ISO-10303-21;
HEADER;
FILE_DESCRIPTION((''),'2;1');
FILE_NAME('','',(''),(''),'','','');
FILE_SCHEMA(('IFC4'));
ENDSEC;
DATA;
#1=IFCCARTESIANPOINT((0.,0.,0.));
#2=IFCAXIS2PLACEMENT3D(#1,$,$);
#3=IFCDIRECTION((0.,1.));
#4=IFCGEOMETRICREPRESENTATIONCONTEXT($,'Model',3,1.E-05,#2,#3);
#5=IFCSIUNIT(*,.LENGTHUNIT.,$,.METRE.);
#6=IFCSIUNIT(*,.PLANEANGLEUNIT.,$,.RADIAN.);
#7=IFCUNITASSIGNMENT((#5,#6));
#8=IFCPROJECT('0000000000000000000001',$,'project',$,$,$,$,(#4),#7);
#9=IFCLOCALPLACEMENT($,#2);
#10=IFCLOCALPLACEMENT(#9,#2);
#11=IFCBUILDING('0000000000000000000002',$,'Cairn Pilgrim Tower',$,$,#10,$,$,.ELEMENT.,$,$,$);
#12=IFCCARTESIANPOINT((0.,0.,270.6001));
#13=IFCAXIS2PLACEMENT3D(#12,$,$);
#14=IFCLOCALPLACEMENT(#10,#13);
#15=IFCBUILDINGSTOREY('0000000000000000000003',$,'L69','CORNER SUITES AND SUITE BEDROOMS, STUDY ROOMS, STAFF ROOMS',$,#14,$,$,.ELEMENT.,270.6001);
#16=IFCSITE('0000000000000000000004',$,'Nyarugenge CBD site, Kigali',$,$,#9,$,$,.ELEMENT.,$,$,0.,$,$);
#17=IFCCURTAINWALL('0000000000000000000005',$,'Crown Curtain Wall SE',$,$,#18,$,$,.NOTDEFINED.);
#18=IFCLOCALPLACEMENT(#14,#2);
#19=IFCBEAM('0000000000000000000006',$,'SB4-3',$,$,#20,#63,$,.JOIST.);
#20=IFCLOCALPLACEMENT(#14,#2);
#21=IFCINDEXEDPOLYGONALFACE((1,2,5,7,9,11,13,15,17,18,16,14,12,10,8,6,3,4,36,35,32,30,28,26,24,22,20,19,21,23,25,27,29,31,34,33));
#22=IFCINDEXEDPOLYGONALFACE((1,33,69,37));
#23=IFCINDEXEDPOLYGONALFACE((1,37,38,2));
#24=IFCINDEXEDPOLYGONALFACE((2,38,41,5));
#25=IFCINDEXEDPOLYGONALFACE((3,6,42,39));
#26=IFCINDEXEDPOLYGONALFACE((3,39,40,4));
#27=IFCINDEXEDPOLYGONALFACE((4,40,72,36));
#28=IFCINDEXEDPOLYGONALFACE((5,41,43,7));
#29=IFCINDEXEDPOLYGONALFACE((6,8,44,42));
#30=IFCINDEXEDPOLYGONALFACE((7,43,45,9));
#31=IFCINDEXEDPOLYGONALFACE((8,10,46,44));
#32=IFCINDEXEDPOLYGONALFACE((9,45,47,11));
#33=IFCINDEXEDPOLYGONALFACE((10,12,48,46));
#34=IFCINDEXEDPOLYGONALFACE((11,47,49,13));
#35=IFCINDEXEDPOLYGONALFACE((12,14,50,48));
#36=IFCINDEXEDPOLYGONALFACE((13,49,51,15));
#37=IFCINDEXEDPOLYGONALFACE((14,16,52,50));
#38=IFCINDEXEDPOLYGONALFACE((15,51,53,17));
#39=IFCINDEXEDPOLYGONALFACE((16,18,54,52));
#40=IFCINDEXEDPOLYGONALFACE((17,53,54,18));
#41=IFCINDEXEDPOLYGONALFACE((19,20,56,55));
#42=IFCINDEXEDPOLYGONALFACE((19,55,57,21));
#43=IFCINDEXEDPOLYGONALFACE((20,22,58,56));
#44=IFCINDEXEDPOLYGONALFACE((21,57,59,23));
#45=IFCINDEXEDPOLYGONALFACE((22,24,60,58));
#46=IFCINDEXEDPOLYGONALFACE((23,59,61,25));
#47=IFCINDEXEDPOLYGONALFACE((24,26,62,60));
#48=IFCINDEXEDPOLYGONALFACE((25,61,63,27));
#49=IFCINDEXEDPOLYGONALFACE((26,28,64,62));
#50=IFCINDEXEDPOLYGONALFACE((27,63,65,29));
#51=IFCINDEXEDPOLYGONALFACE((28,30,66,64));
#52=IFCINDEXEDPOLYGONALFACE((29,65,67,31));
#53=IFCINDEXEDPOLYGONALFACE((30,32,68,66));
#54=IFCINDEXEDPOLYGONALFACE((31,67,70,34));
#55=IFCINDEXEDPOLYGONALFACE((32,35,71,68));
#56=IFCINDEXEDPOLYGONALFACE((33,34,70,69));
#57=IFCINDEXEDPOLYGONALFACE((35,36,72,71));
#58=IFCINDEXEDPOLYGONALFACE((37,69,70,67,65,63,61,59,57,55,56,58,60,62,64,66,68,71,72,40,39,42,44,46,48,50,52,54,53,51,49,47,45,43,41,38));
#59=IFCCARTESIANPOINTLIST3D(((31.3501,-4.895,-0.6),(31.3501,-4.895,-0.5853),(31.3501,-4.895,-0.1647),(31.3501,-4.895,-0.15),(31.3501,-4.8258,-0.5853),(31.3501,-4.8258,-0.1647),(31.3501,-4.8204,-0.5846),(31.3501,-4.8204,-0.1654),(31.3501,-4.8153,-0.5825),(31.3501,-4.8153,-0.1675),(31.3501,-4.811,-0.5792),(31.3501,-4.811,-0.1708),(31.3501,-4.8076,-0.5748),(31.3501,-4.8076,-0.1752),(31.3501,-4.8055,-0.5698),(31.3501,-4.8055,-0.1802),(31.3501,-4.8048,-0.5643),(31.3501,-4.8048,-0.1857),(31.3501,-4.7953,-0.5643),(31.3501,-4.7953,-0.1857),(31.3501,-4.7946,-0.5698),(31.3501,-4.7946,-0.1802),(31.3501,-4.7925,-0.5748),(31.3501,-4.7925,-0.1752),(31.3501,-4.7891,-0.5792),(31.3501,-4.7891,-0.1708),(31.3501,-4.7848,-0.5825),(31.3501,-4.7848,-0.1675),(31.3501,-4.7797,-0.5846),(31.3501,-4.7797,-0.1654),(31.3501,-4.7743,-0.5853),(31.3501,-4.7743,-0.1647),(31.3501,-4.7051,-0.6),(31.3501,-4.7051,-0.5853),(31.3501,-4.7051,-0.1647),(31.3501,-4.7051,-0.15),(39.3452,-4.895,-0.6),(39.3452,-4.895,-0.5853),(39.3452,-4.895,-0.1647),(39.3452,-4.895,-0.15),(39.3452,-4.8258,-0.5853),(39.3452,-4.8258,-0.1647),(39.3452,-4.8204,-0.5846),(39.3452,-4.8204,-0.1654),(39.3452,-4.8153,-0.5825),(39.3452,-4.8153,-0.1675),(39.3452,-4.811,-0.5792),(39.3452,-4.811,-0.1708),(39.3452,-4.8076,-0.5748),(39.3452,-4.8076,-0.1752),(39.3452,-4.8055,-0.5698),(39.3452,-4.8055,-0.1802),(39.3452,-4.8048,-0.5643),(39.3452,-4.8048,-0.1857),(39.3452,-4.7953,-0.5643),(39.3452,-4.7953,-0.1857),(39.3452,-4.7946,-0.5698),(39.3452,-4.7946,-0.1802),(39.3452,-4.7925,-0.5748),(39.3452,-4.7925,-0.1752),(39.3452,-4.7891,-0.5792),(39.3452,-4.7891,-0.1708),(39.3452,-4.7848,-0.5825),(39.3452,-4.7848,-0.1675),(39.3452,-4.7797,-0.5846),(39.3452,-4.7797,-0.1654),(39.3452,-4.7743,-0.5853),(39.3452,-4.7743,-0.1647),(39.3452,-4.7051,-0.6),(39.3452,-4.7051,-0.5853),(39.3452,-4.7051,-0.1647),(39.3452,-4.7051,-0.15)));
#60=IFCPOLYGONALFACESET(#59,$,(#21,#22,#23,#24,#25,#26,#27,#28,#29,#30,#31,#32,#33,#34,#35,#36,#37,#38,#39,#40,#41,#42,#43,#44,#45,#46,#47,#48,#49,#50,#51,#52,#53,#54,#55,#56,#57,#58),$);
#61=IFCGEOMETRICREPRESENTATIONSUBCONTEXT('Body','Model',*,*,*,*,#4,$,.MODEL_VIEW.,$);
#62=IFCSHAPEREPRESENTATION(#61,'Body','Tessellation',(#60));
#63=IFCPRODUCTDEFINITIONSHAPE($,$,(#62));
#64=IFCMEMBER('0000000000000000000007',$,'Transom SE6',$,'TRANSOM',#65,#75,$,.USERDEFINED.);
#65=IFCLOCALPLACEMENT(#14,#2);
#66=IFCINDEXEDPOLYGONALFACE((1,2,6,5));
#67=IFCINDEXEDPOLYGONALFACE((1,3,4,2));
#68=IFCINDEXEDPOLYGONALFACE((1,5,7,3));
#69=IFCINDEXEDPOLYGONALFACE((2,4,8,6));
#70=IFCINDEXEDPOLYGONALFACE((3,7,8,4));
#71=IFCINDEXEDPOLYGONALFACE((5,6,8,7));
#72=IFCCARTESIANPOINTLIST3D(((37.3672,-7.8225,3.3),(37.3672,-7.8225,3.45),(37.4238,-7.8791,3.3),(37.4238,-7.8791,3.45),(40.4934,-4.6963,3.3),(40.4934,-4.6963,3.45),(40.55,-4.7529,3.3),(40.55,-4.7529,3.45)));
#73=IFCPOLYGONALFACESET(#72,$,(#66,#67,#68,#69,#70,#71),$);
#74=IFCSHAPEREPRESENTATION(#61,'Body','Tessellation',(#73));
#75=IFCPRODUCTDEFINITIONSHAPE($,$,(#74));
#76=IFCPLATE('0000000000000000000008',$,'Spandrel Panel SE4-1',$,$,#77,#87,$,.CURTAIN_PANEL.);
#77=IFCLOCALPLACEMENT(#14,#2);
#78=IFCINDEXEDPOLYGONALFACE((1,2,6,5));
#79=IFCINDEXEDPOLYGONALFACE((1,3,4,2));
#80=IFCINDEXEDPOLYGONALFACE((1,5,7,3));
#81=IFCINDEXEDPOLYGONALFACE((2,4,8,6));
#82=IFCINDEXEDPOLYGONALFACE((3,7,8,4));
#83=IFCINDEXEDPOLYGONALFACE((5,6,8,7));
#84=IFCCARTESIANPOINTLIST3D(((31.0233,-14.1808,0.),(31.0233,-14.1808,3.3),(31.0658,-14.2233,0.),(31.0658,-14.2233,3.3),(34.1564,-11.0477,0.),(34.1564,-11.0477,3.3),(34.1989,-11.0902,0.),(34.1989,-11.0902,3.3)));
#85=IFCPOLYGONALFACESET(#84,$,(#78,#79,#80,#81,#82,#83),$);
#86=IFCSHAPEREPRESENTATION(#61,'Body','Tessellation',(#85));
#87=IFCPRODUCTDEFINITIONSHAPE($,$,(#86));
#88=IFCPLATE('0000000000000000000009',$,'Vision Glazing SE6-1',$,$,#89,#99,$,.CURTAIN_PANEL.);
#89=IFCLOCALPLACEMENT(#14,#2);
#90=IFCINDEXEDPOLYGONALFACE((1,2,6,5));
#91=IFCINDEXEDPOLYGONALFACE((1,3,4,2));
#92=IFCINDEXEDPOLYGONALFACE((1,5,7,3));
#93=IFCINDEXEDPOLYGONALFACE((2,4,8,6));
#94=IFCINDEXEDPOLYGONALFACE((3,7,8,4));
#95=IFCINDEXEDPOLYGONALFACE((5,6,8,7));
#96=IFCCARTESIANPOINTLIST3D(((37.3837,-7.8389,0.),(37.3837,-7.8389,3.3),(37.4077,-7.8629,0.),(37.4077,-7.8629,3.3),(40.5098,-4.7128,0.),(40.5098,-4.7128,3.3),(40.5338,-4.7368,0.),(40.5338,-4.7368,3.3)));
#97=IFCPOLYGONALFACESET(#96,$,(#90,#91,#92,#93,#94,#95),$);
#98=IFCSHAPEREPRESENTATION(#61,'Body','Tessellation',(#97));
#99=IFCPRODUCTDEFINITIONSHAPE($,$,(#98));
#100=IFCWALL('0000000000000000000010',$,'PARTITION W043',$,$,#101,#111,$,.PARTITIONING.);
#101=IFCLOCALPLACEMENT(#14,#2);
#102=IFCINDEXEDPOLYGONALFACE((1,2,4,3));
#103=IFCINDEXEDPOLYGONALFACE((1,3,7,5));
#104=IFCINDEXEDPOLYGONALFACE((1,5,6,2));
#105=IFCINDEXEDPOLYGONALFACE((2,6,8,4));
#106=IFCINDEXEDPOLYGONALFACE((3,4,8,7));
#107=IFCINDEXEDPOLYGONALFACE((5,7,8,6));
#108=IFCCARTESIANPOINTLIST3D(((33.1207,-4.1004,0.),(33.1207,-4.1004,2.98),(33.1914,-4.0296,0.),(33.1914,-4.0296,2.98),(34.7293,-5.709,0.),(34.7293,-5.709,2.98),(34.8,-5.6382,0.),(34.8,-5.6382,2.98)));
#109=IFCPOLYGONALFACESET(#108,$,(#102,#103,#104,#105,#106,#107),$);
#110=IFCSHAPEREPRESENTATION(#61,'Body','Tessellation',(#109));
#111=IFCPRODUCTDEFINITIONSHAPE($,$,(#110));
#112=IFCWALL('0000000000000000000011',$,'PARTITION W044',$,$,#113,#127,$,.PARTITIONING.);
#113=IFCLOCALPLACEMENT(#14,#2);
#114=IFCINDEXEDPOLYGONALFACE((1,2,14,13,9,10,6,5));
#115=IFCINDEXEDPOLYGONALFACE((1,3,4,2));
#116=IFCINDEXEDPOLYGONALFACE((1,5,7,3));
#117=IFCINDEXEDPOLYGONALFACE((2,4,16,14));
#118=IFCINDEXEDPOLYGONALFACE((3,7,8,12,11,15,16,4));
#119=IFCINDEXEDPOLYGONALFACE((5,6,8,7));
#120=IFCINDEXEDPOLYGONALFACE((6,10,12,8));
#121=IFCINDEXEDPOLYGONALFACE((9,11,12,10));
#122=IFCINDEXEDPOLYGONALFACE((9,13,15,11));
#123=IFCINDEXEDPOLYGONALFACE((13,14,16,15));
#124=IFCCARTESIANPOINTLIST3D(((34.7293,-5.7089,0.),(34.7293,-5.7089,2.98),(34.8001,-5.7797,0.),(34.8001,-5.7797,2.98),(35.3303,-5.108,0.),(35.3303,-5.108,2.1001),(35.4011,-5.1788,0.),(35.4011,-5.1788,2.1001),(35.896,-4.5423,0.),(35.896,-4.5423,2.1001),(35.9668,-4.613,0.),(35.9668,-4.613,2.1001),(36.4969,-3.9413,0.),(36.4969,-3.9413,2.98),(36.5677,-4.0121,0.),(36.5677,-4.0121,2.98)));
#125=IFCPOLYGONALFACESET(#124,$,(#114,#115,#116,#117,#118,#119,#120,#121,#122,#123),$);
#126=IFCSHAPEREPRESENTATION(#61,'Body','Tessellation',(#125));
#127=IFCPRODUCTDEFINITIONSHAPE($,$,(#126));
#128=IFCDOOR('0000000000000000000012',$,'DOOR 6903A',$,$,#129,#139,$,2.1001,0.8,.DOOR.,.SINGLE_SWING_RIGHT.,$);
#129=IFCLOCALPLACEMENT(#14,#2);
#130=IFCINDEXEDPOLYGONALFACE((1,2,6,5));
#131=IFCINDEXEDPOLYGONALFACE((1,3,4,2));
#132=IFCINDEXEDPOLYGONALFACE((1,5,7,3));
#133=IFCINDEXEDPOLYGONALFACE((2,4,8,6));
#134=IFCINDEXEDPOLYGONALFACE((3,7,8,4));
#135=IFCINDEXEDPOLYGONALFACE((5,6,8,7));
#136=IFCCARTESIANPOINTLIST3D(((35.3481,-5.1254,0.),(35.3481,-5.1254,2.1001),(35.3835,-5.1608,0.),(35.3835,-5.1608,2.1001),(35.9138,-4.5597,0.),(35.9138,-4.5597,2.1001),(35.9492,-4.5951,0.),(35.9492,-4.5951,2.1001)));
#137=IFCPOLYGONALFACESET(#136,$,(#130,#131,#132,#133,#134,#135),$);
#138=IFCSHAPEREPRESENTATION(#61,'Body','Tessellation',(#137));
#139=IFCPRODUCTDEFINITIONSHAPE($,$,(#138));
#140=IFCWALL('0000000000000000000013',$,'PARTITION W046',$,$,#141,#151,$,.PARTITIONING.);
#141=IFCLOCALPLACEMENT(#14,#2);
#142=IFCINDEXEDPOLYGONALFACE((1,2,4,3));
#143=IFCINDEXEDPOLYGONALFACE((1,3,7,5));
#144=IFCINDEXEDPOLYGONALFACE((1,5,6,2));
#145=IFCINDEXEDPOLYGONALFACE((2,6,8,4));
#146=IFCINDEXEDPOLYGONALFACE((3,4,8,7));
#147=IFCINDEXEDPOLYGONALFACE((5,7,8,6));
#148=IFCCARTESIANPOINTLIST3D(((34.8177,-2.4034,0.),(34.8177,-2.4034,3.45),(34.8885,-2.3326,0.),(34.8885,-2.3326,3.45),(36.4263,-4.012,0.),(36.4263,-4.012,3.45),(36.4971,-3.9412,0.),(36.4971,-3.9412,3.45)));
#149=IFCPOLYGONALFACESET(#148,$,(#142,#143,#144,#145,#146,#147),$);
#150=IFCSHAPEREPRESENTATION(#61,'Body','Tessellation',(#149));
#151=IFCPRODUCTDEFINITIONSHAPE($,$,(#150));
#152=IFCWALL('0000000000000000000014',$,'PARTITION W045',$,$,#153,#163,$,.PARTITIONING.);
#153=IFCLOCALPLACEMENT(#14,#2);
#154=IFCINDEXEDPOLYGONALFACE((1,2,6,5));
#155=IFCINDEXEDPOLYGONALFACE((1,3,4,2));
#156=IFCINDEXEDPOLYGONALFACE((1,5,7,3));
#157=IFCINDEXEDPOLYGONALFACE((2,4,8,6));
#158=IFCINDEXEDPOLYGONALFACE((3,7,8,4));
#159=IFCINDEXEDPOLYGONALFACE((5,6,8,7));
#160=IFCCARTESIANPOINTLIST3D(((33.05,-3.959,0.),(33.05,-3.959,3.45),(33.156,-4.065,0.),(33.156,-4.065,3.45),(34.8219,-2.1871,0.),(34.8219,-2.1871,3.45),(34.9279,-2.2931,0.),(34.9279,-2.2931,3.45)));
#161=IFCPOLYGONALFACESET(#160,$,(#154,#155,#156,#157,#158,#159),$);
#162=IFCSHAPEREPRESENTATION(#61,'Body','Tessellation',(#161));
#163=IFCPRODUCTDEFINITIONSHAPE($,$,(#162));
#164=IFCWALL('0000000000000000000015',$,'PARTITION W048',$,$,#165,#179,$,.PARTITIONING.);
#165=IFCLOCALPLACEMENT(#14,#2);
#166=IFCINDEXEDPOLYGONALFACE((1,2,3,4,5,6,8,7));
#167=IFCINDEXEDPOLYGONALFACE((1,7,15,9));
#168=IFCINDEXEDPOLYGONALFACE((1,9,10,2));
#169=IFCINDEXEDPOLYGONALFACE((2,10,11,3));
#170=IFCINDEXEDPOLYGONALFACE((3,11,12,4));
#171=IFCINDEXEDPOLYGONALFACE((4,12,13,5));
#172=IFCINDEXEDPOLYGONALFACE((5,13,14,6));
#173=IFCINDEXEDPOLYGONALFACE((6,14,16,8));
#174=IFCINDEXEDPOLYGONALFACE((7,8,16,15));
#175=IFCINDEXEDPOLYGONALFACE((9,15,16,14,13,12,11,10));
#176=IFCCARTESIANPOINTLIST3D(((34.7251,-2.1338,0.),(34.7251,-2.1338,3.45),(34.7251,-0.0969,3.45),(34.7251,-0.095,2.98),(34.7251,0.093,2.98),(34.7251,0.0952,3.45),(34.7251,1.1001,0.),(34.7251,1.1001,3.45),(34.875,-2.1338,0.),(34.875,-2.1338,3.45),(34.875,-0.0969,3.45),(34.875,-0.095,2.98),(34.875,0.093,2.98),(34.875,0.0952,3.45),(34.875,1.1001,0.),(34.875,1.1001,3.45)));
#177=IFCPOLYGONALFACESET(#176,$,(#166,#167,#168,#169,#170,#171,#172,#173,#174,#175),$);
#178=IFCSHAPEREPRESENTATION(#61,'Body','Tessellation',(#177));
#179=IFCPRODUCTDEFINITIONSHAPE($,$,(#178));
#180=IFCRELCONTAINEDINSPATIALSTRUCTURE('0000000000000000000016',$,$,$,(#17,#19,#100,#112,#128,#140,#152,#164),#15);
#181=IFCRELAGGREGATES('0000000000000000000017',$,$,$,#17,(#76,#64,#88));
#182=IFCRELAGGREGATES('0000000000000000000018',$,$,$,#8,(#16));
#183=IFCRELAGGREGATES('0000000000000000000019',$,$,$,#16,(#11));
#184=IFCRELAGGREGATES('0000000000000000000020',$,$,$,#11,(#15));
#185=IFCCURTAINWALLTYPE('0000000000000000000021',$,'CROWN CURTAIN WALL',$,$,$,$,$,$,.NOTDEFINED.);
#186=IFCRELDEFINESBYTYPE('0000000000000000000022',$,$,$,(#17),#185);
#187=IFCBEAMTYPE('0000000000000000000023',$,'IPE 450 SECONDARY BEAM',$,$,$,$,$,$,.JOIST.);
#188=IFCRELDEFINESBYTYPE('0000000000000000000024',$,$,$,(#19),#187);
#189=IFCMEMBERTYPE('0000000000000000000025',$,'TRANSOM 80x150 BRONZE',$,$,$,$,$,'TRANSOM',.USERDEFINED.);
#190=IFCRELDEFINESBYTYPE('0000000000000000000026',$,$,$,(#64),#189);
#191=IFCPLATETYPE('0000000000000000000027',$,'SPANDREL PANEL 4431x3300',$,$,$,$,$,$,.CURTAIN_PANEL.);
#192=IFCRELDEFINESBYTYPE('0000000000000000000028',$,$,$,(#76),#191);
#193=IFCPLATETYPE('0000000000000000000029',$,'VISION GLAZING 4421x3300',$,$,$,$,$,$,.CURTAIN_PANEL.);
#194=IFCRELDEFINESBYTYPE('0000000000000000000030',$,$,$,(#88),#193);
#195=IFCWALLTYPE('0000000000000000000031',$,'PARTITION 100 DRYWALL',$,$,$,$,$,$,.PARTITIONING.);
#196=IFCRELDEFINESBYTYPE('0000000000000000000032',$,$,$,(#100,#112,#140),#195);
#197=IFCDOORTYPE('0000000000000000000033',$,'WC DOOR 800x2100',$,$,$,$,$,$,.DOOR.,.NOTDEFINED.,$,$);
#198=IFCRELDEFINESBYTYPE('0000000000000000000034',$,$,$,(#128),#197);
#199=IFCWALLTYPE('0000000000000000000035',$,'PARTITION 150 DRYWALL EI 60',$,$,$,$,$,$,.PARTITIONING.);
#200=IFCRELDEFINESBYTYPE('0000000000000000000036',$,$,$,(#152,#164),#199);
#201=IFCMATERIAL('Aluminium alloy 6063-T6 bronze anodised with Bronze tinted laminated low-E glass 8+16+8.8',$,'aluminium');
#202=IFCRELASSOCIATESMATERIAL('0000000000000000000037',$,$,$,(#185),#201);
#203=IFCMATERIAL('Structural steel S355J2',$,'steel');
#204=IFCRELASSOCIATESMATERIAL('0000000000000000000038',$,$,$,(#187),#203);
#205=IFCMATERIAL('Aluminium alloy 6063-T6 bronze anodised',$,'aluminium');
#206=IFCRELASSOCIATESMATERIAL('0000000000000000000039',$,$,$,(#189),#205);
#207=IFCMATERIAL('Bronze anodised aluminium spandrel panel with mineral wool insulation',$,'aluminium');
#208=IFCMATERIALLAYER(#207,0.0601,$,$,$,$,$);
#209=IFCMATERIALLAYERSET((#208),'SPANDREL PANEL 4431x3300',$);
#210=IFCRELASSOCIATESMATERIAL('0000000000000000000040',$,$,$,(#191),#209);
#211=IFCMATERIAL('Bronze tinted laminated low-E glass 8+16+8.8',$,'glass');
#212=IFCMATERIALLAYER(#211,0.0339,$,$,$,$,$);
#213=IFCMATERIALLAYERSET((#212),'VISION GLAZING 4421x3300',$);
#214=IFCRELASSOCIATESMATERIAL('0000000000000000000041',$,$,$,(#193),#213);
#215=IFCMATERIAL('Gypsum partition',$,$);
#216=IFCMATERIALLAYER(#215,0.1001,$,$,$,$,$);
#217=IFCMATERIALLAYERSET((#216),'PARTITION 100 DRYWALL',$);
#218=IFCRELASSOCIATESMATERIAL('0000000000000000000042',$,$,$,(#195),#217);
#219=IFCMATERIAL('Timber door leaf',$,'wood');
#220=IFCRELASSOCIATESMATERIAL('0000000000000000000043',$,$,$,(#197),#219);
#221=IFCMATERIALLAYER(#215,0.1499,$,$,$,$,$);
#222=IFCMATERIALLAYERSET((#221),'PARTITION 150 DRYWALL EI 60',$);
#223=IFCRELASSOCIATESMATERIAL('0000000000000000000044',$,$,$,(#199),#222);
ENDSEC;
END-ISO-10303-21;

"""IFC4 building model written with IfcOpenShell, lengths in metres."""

from ifc_helpers import new_model, si_unit, direction, frame, frame_2d, origin, origin_2d, place, context, subcontext, project, spatial, polyline, rectangle, i_section, outline, extrude, material, layer, layer_set, material_profile, profile_set, type_object, element, fill, aggregate, save


model = new_model("IFC4")

# Units and contexts
model_context = context("Model", 3, precision=1e-05, world=origin(), true_north=direction((0.0, 1.0)))
body_context = subcontext(model_context, "Body", "Model", "MODEL_VIEW")
ifc_project = project(units=[si_unit("LENGTHUNIT", "METRE"), si_unit("PLANEANGLEUNIT", "RADIAN")], contexts=[model_context])

# Site, building, storey
site_placement = place(None, origin())
site = spatial("IfcSite", under=ifc_project, at=site_placement, Name="Nyarugenge CBD site, Kigali", CompositionType="ELEMENT", RefElevation=0.0)
building_placement = place(site_placement, origin())
building = spatial("IfcBuilding", under=site, at=building_placement, Name="Cairn Pilgrim Tower", CompositionType="ELEMENT")
storey_placement = place(building_placement, frame((0.0, 0.0, 270.6001)))
storey = spatial("IfcBuildingStorey", under=building, at=storey_placement, Name="L69", Description="CORNER SUITES AND SUITE BEDROOMS, STUDY ROOMS, STAFF ROOMS", CompositionType="ELEMENT", Elevation=270.6001)

# Shared definitions
ifc_material_1 = material(Name="Structural steel S355J2", Category="steel")

# Curtain wall
ifc_material_2 = material(Name="Aluminium alloy 6063-T6 bronze anodised with Bronze tinted laminated low-E glass 8+16+8.8", Category="aluminium")
curtain_wall_type = type_object("IfcCurtainWallType", Name="CROWN CURTAIN WALL", PredefinedType="NOTDEFINED", material=ifc_material_2)
curtain_wall_1_placement = place(storey_placement, origin())
curtain_wall_1 = element("IfcCurtainWall", 1, at=curtain_wall_1_placement, inside=storey, type_object=curtain_wall_type, Name="Crown Curtain Wall SE", PredefinedType="NOTDEFINED")
ifc_material_3 = material(Name="Aluminium alloy 6063-T6 bronze anodised", Category="aluminium")

# Beam
ifc_material_profile_1 = material_profile(ifc_material_1, i_section(OverallWidth=0.1899, OverallDepth=0.45, WebThickness=0.0095, FlangeThickness=0.0146, FilletRadius=0.021, at=origin_2d()), Name="IPE 450")
ifc_profile_set_1 = profile_set([ifc_material_profile_1], Name="Structural steel S355J2")
beam_type_1 = type_object("IfcBeamType", Name="IPE 450 SECONDARY BEAM", PredefinedType="JOIST", material=ifc_profile_set_1)
beam_1_placement = place(storey_placement, frame((31.3501, -4.8, -0.375), z_axis=(1.0, 0.0, 0.0), x_axis=(0.0, 1.0, 0.0)))
element("IfcBeam", 2, at=beam_1_placement, inside=storey, type_object=beam_type_1, Name="SB4-3", PredefinedType="JOIST", context=body_context, shape_type="SweptSolid", body=[
    extrude(i_section(OverallWidth=0.1899, OverallDepth=0.45, WebThickness=0.0095, FlangeThickness=0.0146, FilletRadius=0.021, at=origin_2d()), origin(), (0.0, 0.0, 1.0), 7.9951),
])

# Member
ifc_material_profile_2 = material_profile(ifc_material_3, rectangle(XDim=0.0801, YDim=0.1499, at=origin_2d()), Name="TRANSOM 80x150 BRONZE")
ifc_profile_set_2 = profile_set([ifc_material_profile_2], Name="Aluminium alloy 6063-T6 bronze anodised")
member_type_1 = type_object("IfcMemberType", Name="TRANSOM 80x150 BRONZE", ElementType="TRANSOM", PredefinedType="USERDEFINED", material=ifc_profile_set_2)
member_1_placement = place(storey_placement, frame((37.3955, -7.8508, 3.375), z_axis=(0.707107, 0.707107, 0.0), x_axis=(-0.707107, 0.707107, 0.0)))
member_1 = element("IfcMember", 3, at=member_1_placement, type_object=member_type_1, Name="Transom SE6", ObjectType="TRANSOM", PredefinedType="USERDEFINED", context=body_context, shape_type="SweptSolid", body=[
    extrude(rectangle(XDim=0.0801, YDim=0.1499, at=origin_2d()), origin(), (0.0, 0.0, 1.0), 4.4211),
])

# Plates
ifc_material_4 = material(Name="Bronze anodised aluminium spandrel panel with mineral wool insulation", Category="aluminium")
ifc_layer_1 = layer(ifc_material_4, 0.0601)
ifc_layer_set_1 = layer_set([ifc_layer_1], Name="SPANDREL PANEL 4431x3300")
plate_type_1 = type_object("IfcPlateType", Name="SPANDREL PANEL 4431x3300", PredefinedType="CURTAIN_PANEL", material=ifc_layer_set_1)
plate_1_placement = place(storey_placement, frame((32.6111, -12.6355, 0.0), z_axis=(0.0, 0.0, 1.0), x_axis=(0.707107, 0.707107, 0.0)))
plate_1 = element("IfcPlate", 4, at=plate_1_placement, type_object=plate_type_1, Name="Spandrel Panel SE4-1", PredefinedType="CURTAIN_PANEL", context=body_context, shape_type="SweptSolid", body=[
    extrude(rectangle(XDim=4.4309, YDim=0.0601, at=origin_2d()), origin(), (0.0, 0.0, 1.0), 3.3),
])
ifc_material_5 = material(Name="Bronze tinted laminated low-E glass 8+16+8.8", Category="glass")
ifc_layer_2 = layer(ifc_material_5, 0.0339)
ifc_layer_set_2 = layer_set([ifc_layer_2], Name="VISION GLAZING 4421x3300")
plate_type_2 = type_object("IfcPlateType", Name="VISION GLAZING 4421x3300", PredefinedType="CURTAIN_PANEL", material=ifc_layer_set_2)
plate_2_placement = place(storey_placement, frame((38.9587, -6.2878, 0.0), z_axis=(0.0, 0.0, 1.0), x_axis=(0.707107, 0.707107, 0.0)))
plate_2 = element("IfcPlate", 5, at=plate_2_placement, type_object=plate_type_2, Name="Vision Glazing SE6-1", PredefinedType="CURTAIN_PANEL", context=body_context, shape_type="SweptSolid", body=[
    extrude(rectangle(XDim=4.4209, YDim=0.0339, at=origin_2d()), origin(), (0.0, 0.0, 1.0), 3.3),
])
aggregate(curtain_wall_1, [plate_1, member_1, plate_2])

# Wall
ifc_material_6 = material(Name="Gypsum partition")
ifc_layer_3 = layer(ifc_material_6, 0.1001)
ifc_layer_set_3 = layer_set([ifc_layer_3], Name="PARTITION 100 DRYWALL")
wall_type_1 = type_object("IfcWallType", Name="PARTITION 100 DRYWALL", PredefinedType="PARTITIONING", material=ifc_layer_set_3)
wall_1_placement = place(storey_placement, frame((34.7646, -5.6736, 0.0), z_axis=(0.0, 0.0, 1.0), x_axis=(-0.707107, 0.707107, 0.0)))
element("IfcWall", 6, at=wall_1_placement, inside=storey, type_object=wall_type_1, Name="PARTITION W043", PredefinedType="PARTITIONING", context=body_context, shape_type="SweptSolid", body=[
    extrude(rectangle(XDim=2.2749, YDim=0.1001, at=frame_2d((1.1375, 0.0))), origin(), (0.0, 0.0, 1.0), 2.98),
])

# Wall, opening, door
wall_2_placement = place(storey_placement, frame((34.7646, -5.7444, 0.0), z_axis=(0.0, 0.0, 1.0), x_axis=(0.707107, 0.707107, 0.0)))
wall_2 = element("IfcWall", 7, at=wall_2_placement, inside=storey, type_object=wall_type_1, Name="PARTITION W044", PredefinedType="PARTITIONING", context=body_context, shape_type="SweptSolid", body=[
    extrude(rectangle(XDim=2.4998, YDim=0.1001, at=frame_2d((1.25, 0.0))), origin(), (0.0, 0.0, 1.0), 2.98),
])
opening_1_placement = place(wall_2_placement, frame((0.8501, 0.0, 0.0)))
opening_1 = element("IfcOpeningElement", 8, at=opening_1_placement, cuts=wall_2, PredefinedType="OPENING", context=body_context, shape_type="SweptSolid", body=[
    extrude(rectangle(XDim=0.8, YDim=2.1001, at=frame_2d((0.3999, 1.05))), frame((0.0, 0.0601, 0.0), z_axis=(0.0, -1.0, 0.0), x_axis=(1.0, 0.0, 0.0)), (0.0, 0.0, 1.0), 0.1201),
])
ifc_material_7 = material(Name="Timber door leaf", Category="wood")
door_type_1 = type_object("IfcDoorType", Name="WC DOOR 800x2100", OperationType="NOTDEFINED", PredefinedType="DOOR", material=ifc_material_7)
door_1_placement = place(opening_1_placement, frame((0.8, 0.0, 0.0), z_axis=(0.0, 0.0, 1.0), x_axis=(-1.0, 0.0, 0.0)))
door_1 = element("IfcDoor", 9, at=door_1_placement, inside=storey, type_object=door_type_1, Name="DOOR 6903A", OperationType="SINGLE_SWING_RIGHT", OverallHeight=2.1001, OverallWidth=0.8, PredefinedType="DOOR", context=body_context, shape_type="SweptSolid", body=[
    extrude(rectangle(XDim=0.8, YDim=2.1001, at=frame_2d((0.3999, 1.05))), frame((0.0, 0.0249, 0.0), z_axis=(0.0, -1.0, 0.0), x_axis=(1.0, 0.0, 0.0)), (0.0, 0.0, 1.0), 0.05),
])
fill(opening_1, door_1)

# Walls
wall_3_placement = place(storey_placement, frame((36.4617, -3.9766, 0.0), z_axis=(0.0, 0.0, 1.0), x_axis=(-0.707107, 0.707107, 0.0)))
element("IfcWall", 10, at=wall_3_placement, inside=storey, type_object=wall_type_1, Name="PARTITION W046", PredefinedType="PARTITIONING", context=body_context, shape_type="SweptSolid", body=[
    extrude(rectangle(XDim=2.2749, YDim=0.1001, at=frame_2d((1.1375, 0.0))), origin(), (0.0, 0.0, 1.0), 3.45),
])
ifc_layer_4 = layer(ifc_material_6, 0.1499)
ifc_layer_set_4 = layer_set([ifc_layer_4], Name="PARTITION 150 DRYWALL EI 60")
wall_type_2 = type_object("IfcWallType", Name="PARTITION 150 DRYWALL EI 60", PredefinedType="PARTITIONING", material=ifc_layer_set_4)
wall_4_placement = place(storey_placement, frame((33.103, -4.012, 0.0), z_axis=(0.0, 0.0, 1.0), x_axis=(0.707107, 0.707107, 0.0)))
element("IfcWall", 11, at=wall_4_placement, inside=storey, type_object=wall_type_2, Name="PARTITION W045", PredefinedType="PARTITIONING", context=body_context, shape_type="SweptSolid", body=[
    extrude(rectangle(XDim=2.5059, YDim=0.1499, at=frame_2d((1.2529, 0.0))), origin(), (0.0, 0.0, 1.0), 3.45),
])
wall_5_placement = place(storey_placement, frame((34.8, -2.1338, 0.0), z_axis=(0.0, 0.0, 1.0), x_axis=(0.0, 1.0, 0.0)))
element("IfcWall", 12, at=wall_5_placement, inside=storey, type_object=wall_type_2, Name="PARTITION W048", PredefinedType="PARTITIONING", context=body_context, shape_type="SweptSolid", body=[
    extrude(outline(polyline([(0.0, 0.0), (3.2339, 0.0), (3.2339, 3.45), (2.229, 3.45), (2.2268, 2.98), (2.0388, 2.98), (2.0369, 3.45), (0.0, 3.45), (0.0, 0.0)])), frame((0.0, 0.075, 0.0), z_axis=(0.0, -1.0, 0.0), x_axis=(1.0, 0.0, 0.0)), (0.0, 0.0, 1.0), 0.1499),
])

save(model, "model.ifc")
